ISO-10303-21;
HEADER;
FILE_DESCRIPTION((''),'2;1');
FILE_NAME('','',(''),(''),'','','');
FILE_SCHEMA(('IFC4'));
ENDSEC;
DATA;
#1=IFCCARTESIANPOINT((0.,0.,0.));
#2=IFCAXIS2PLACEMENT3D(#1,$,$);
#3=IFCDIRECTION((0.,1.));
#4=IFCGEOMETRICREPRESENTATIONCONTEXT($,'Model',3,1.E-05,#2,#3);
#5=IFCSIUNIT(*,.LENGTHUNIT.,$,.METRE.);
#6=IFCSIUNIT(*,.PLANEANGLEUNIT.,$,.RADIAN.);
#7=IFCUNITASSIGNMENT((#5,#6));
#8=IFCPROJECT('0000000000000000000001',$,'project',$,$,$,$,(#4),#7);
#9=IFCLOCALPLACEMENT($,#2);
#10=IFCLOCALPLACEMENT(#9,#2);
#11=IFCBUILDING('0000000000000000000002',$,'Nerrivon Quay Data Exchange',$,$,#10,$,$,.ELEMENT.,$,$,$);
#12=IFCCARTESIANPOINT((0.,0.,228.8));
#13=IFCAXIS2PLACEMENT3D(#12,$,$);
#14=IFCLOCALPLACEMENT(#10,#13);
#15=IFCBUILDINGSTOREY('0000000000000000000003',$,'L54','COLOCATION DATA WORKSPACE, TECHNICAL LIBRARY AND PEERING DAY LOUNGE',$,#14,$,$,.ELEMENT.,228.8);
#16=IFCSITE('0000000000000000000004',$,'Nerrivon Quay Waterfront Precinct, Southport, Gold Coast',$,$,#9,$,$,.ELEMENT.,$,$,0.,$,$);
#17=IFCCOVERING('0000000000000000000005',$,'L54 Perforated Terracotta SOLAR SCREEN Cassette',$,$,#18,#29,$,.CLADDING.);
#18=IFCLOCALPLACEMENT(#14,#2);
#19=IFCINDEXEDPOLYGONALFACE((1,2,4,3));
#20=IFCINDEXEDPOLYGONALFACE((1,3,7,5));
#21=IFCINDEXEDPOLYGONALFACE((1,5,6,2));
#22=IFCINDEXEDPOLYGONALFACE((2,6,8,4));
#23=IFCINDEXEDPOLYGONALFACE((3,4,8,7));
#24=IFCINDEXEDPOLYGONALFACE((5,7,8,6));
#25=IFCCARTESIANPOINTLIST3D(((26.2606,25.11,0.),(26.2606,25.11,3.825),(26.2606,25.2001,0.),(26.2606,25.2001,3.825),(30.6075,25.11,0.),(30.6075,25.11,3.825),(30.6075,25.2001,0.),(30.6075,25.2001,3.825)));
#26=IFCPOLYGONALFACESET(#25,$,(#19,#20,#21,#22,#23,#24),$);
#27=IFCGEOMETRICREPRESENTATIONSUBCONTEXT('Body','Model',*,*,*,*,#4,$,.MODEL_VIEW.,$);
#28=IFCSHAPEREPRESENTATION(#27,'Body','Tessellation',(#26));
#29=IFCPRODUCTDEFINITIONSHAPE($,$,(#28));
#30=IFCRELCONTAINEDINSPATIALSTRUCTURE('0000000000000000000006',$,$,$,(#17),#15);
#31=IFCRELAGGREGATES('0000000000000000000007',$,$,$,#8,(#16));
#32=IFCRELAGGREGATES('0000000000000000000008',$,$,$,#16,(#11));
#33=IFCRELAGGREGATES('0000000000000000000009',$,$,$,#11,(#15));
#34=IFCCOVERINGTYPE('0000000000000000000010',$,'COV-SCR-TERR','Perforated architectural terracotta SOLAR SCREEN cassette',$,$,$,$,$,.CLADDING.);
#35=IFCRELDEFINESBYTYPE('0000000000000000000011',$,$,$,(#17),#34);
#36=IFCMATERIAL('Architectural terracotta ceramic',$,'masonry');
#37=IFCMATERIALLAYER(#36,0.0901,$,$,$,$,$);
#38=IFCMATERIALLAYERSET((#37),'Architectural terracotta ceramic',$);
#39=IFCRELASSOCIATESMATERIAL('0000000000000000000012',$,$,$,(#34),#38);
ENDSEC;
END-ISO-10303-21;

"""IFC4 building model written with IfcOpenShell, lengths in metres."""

from ifc_helpers import new_model, si_unit, direction, frame, origin, origin_2d, place, context, subcontext, project, spatial, rectangle, extrude, material, layer, layer_set, type_object, element, save


model = new_model("IFC4")

# Units and contexts
model_context = context("Model", 3, precision=1e-05, world=origin(), true_north=direction((0.0, 1.0)))
body_context = subcontext(model_context, "Body", "Model", "MODEL_VIEW")
ifc_project = project(units=[si_unit("LENGTHUNIT", "METRE"), si_unit("PLANEANGLEUNIT", "RADIAN")], contexts=[model_context])

# Site, building, storey
site_placement = place(None, origin())
site = spatial("IfcSite", under=ifc_project, at=site_placement, Name="Nerrivon Quay Waterfront Precinct, Southport, Gold Coast", CompositionType="ELEMENT", RefElevation=0.0)
building_placement = place(site_placement, origin())
building = spatial("IfcBuilding", under=site, at=building_placement, Name="Nerrivon Quay Data Exchange", CompositionType="ELEMENT")
storey_placement = place(building_placement, frame((0.0, 0.0, 228.8)))
storey = spatial("IfcBuildingStorey", under=building, at=storey_placement, Name="L54", Description="COLOCATION DATA WORKSPACE, TECHNICAL LIBRARY AND PEERING DAY LOUNGE", CompositionType="ELEMENT", Elevation=228.8)

# Covering
ifc_material_1 = material(Name="Architectural terracotta ceramic", Category="masonry")
ifc_layer_1 = layer(ifc_material_1, 0.0901)
ifc_layer_set_1 = layer_set([ifc_layer_1], Name="Architectural terracotta ceramic")
covering_type = type_object("IfcCoveringType", Name="COV-SCR-TERR", Description="Perforated architectural terracotta SOLAR SCREEN cassette", PredefinedType="CLADDING", material=ifc_layer_set_1)
covering_placement = place(storey_placement, frame((28.4341, 25.155, 0.0), z_axis=(0.0, 0.0, 1.0), x_axis=(1.0, 0.0, 0.0)))
element("IfcCovering", 1, at=covering_placement, inside=storey, type_object=covering_type, Name="L54 Perforated Terracotta SOLAR SCREEN Cassette", PredefinedType="CLADDING", context=body_context, shape_type="SweptSolid", body=[
    extrude(rectangle(XDim=4.3469, YDim=0.0901, at=origin_2d()), origin(), (0.0, 0.0, 1.0), 3.825),
])

save(model, "model.ifc")
